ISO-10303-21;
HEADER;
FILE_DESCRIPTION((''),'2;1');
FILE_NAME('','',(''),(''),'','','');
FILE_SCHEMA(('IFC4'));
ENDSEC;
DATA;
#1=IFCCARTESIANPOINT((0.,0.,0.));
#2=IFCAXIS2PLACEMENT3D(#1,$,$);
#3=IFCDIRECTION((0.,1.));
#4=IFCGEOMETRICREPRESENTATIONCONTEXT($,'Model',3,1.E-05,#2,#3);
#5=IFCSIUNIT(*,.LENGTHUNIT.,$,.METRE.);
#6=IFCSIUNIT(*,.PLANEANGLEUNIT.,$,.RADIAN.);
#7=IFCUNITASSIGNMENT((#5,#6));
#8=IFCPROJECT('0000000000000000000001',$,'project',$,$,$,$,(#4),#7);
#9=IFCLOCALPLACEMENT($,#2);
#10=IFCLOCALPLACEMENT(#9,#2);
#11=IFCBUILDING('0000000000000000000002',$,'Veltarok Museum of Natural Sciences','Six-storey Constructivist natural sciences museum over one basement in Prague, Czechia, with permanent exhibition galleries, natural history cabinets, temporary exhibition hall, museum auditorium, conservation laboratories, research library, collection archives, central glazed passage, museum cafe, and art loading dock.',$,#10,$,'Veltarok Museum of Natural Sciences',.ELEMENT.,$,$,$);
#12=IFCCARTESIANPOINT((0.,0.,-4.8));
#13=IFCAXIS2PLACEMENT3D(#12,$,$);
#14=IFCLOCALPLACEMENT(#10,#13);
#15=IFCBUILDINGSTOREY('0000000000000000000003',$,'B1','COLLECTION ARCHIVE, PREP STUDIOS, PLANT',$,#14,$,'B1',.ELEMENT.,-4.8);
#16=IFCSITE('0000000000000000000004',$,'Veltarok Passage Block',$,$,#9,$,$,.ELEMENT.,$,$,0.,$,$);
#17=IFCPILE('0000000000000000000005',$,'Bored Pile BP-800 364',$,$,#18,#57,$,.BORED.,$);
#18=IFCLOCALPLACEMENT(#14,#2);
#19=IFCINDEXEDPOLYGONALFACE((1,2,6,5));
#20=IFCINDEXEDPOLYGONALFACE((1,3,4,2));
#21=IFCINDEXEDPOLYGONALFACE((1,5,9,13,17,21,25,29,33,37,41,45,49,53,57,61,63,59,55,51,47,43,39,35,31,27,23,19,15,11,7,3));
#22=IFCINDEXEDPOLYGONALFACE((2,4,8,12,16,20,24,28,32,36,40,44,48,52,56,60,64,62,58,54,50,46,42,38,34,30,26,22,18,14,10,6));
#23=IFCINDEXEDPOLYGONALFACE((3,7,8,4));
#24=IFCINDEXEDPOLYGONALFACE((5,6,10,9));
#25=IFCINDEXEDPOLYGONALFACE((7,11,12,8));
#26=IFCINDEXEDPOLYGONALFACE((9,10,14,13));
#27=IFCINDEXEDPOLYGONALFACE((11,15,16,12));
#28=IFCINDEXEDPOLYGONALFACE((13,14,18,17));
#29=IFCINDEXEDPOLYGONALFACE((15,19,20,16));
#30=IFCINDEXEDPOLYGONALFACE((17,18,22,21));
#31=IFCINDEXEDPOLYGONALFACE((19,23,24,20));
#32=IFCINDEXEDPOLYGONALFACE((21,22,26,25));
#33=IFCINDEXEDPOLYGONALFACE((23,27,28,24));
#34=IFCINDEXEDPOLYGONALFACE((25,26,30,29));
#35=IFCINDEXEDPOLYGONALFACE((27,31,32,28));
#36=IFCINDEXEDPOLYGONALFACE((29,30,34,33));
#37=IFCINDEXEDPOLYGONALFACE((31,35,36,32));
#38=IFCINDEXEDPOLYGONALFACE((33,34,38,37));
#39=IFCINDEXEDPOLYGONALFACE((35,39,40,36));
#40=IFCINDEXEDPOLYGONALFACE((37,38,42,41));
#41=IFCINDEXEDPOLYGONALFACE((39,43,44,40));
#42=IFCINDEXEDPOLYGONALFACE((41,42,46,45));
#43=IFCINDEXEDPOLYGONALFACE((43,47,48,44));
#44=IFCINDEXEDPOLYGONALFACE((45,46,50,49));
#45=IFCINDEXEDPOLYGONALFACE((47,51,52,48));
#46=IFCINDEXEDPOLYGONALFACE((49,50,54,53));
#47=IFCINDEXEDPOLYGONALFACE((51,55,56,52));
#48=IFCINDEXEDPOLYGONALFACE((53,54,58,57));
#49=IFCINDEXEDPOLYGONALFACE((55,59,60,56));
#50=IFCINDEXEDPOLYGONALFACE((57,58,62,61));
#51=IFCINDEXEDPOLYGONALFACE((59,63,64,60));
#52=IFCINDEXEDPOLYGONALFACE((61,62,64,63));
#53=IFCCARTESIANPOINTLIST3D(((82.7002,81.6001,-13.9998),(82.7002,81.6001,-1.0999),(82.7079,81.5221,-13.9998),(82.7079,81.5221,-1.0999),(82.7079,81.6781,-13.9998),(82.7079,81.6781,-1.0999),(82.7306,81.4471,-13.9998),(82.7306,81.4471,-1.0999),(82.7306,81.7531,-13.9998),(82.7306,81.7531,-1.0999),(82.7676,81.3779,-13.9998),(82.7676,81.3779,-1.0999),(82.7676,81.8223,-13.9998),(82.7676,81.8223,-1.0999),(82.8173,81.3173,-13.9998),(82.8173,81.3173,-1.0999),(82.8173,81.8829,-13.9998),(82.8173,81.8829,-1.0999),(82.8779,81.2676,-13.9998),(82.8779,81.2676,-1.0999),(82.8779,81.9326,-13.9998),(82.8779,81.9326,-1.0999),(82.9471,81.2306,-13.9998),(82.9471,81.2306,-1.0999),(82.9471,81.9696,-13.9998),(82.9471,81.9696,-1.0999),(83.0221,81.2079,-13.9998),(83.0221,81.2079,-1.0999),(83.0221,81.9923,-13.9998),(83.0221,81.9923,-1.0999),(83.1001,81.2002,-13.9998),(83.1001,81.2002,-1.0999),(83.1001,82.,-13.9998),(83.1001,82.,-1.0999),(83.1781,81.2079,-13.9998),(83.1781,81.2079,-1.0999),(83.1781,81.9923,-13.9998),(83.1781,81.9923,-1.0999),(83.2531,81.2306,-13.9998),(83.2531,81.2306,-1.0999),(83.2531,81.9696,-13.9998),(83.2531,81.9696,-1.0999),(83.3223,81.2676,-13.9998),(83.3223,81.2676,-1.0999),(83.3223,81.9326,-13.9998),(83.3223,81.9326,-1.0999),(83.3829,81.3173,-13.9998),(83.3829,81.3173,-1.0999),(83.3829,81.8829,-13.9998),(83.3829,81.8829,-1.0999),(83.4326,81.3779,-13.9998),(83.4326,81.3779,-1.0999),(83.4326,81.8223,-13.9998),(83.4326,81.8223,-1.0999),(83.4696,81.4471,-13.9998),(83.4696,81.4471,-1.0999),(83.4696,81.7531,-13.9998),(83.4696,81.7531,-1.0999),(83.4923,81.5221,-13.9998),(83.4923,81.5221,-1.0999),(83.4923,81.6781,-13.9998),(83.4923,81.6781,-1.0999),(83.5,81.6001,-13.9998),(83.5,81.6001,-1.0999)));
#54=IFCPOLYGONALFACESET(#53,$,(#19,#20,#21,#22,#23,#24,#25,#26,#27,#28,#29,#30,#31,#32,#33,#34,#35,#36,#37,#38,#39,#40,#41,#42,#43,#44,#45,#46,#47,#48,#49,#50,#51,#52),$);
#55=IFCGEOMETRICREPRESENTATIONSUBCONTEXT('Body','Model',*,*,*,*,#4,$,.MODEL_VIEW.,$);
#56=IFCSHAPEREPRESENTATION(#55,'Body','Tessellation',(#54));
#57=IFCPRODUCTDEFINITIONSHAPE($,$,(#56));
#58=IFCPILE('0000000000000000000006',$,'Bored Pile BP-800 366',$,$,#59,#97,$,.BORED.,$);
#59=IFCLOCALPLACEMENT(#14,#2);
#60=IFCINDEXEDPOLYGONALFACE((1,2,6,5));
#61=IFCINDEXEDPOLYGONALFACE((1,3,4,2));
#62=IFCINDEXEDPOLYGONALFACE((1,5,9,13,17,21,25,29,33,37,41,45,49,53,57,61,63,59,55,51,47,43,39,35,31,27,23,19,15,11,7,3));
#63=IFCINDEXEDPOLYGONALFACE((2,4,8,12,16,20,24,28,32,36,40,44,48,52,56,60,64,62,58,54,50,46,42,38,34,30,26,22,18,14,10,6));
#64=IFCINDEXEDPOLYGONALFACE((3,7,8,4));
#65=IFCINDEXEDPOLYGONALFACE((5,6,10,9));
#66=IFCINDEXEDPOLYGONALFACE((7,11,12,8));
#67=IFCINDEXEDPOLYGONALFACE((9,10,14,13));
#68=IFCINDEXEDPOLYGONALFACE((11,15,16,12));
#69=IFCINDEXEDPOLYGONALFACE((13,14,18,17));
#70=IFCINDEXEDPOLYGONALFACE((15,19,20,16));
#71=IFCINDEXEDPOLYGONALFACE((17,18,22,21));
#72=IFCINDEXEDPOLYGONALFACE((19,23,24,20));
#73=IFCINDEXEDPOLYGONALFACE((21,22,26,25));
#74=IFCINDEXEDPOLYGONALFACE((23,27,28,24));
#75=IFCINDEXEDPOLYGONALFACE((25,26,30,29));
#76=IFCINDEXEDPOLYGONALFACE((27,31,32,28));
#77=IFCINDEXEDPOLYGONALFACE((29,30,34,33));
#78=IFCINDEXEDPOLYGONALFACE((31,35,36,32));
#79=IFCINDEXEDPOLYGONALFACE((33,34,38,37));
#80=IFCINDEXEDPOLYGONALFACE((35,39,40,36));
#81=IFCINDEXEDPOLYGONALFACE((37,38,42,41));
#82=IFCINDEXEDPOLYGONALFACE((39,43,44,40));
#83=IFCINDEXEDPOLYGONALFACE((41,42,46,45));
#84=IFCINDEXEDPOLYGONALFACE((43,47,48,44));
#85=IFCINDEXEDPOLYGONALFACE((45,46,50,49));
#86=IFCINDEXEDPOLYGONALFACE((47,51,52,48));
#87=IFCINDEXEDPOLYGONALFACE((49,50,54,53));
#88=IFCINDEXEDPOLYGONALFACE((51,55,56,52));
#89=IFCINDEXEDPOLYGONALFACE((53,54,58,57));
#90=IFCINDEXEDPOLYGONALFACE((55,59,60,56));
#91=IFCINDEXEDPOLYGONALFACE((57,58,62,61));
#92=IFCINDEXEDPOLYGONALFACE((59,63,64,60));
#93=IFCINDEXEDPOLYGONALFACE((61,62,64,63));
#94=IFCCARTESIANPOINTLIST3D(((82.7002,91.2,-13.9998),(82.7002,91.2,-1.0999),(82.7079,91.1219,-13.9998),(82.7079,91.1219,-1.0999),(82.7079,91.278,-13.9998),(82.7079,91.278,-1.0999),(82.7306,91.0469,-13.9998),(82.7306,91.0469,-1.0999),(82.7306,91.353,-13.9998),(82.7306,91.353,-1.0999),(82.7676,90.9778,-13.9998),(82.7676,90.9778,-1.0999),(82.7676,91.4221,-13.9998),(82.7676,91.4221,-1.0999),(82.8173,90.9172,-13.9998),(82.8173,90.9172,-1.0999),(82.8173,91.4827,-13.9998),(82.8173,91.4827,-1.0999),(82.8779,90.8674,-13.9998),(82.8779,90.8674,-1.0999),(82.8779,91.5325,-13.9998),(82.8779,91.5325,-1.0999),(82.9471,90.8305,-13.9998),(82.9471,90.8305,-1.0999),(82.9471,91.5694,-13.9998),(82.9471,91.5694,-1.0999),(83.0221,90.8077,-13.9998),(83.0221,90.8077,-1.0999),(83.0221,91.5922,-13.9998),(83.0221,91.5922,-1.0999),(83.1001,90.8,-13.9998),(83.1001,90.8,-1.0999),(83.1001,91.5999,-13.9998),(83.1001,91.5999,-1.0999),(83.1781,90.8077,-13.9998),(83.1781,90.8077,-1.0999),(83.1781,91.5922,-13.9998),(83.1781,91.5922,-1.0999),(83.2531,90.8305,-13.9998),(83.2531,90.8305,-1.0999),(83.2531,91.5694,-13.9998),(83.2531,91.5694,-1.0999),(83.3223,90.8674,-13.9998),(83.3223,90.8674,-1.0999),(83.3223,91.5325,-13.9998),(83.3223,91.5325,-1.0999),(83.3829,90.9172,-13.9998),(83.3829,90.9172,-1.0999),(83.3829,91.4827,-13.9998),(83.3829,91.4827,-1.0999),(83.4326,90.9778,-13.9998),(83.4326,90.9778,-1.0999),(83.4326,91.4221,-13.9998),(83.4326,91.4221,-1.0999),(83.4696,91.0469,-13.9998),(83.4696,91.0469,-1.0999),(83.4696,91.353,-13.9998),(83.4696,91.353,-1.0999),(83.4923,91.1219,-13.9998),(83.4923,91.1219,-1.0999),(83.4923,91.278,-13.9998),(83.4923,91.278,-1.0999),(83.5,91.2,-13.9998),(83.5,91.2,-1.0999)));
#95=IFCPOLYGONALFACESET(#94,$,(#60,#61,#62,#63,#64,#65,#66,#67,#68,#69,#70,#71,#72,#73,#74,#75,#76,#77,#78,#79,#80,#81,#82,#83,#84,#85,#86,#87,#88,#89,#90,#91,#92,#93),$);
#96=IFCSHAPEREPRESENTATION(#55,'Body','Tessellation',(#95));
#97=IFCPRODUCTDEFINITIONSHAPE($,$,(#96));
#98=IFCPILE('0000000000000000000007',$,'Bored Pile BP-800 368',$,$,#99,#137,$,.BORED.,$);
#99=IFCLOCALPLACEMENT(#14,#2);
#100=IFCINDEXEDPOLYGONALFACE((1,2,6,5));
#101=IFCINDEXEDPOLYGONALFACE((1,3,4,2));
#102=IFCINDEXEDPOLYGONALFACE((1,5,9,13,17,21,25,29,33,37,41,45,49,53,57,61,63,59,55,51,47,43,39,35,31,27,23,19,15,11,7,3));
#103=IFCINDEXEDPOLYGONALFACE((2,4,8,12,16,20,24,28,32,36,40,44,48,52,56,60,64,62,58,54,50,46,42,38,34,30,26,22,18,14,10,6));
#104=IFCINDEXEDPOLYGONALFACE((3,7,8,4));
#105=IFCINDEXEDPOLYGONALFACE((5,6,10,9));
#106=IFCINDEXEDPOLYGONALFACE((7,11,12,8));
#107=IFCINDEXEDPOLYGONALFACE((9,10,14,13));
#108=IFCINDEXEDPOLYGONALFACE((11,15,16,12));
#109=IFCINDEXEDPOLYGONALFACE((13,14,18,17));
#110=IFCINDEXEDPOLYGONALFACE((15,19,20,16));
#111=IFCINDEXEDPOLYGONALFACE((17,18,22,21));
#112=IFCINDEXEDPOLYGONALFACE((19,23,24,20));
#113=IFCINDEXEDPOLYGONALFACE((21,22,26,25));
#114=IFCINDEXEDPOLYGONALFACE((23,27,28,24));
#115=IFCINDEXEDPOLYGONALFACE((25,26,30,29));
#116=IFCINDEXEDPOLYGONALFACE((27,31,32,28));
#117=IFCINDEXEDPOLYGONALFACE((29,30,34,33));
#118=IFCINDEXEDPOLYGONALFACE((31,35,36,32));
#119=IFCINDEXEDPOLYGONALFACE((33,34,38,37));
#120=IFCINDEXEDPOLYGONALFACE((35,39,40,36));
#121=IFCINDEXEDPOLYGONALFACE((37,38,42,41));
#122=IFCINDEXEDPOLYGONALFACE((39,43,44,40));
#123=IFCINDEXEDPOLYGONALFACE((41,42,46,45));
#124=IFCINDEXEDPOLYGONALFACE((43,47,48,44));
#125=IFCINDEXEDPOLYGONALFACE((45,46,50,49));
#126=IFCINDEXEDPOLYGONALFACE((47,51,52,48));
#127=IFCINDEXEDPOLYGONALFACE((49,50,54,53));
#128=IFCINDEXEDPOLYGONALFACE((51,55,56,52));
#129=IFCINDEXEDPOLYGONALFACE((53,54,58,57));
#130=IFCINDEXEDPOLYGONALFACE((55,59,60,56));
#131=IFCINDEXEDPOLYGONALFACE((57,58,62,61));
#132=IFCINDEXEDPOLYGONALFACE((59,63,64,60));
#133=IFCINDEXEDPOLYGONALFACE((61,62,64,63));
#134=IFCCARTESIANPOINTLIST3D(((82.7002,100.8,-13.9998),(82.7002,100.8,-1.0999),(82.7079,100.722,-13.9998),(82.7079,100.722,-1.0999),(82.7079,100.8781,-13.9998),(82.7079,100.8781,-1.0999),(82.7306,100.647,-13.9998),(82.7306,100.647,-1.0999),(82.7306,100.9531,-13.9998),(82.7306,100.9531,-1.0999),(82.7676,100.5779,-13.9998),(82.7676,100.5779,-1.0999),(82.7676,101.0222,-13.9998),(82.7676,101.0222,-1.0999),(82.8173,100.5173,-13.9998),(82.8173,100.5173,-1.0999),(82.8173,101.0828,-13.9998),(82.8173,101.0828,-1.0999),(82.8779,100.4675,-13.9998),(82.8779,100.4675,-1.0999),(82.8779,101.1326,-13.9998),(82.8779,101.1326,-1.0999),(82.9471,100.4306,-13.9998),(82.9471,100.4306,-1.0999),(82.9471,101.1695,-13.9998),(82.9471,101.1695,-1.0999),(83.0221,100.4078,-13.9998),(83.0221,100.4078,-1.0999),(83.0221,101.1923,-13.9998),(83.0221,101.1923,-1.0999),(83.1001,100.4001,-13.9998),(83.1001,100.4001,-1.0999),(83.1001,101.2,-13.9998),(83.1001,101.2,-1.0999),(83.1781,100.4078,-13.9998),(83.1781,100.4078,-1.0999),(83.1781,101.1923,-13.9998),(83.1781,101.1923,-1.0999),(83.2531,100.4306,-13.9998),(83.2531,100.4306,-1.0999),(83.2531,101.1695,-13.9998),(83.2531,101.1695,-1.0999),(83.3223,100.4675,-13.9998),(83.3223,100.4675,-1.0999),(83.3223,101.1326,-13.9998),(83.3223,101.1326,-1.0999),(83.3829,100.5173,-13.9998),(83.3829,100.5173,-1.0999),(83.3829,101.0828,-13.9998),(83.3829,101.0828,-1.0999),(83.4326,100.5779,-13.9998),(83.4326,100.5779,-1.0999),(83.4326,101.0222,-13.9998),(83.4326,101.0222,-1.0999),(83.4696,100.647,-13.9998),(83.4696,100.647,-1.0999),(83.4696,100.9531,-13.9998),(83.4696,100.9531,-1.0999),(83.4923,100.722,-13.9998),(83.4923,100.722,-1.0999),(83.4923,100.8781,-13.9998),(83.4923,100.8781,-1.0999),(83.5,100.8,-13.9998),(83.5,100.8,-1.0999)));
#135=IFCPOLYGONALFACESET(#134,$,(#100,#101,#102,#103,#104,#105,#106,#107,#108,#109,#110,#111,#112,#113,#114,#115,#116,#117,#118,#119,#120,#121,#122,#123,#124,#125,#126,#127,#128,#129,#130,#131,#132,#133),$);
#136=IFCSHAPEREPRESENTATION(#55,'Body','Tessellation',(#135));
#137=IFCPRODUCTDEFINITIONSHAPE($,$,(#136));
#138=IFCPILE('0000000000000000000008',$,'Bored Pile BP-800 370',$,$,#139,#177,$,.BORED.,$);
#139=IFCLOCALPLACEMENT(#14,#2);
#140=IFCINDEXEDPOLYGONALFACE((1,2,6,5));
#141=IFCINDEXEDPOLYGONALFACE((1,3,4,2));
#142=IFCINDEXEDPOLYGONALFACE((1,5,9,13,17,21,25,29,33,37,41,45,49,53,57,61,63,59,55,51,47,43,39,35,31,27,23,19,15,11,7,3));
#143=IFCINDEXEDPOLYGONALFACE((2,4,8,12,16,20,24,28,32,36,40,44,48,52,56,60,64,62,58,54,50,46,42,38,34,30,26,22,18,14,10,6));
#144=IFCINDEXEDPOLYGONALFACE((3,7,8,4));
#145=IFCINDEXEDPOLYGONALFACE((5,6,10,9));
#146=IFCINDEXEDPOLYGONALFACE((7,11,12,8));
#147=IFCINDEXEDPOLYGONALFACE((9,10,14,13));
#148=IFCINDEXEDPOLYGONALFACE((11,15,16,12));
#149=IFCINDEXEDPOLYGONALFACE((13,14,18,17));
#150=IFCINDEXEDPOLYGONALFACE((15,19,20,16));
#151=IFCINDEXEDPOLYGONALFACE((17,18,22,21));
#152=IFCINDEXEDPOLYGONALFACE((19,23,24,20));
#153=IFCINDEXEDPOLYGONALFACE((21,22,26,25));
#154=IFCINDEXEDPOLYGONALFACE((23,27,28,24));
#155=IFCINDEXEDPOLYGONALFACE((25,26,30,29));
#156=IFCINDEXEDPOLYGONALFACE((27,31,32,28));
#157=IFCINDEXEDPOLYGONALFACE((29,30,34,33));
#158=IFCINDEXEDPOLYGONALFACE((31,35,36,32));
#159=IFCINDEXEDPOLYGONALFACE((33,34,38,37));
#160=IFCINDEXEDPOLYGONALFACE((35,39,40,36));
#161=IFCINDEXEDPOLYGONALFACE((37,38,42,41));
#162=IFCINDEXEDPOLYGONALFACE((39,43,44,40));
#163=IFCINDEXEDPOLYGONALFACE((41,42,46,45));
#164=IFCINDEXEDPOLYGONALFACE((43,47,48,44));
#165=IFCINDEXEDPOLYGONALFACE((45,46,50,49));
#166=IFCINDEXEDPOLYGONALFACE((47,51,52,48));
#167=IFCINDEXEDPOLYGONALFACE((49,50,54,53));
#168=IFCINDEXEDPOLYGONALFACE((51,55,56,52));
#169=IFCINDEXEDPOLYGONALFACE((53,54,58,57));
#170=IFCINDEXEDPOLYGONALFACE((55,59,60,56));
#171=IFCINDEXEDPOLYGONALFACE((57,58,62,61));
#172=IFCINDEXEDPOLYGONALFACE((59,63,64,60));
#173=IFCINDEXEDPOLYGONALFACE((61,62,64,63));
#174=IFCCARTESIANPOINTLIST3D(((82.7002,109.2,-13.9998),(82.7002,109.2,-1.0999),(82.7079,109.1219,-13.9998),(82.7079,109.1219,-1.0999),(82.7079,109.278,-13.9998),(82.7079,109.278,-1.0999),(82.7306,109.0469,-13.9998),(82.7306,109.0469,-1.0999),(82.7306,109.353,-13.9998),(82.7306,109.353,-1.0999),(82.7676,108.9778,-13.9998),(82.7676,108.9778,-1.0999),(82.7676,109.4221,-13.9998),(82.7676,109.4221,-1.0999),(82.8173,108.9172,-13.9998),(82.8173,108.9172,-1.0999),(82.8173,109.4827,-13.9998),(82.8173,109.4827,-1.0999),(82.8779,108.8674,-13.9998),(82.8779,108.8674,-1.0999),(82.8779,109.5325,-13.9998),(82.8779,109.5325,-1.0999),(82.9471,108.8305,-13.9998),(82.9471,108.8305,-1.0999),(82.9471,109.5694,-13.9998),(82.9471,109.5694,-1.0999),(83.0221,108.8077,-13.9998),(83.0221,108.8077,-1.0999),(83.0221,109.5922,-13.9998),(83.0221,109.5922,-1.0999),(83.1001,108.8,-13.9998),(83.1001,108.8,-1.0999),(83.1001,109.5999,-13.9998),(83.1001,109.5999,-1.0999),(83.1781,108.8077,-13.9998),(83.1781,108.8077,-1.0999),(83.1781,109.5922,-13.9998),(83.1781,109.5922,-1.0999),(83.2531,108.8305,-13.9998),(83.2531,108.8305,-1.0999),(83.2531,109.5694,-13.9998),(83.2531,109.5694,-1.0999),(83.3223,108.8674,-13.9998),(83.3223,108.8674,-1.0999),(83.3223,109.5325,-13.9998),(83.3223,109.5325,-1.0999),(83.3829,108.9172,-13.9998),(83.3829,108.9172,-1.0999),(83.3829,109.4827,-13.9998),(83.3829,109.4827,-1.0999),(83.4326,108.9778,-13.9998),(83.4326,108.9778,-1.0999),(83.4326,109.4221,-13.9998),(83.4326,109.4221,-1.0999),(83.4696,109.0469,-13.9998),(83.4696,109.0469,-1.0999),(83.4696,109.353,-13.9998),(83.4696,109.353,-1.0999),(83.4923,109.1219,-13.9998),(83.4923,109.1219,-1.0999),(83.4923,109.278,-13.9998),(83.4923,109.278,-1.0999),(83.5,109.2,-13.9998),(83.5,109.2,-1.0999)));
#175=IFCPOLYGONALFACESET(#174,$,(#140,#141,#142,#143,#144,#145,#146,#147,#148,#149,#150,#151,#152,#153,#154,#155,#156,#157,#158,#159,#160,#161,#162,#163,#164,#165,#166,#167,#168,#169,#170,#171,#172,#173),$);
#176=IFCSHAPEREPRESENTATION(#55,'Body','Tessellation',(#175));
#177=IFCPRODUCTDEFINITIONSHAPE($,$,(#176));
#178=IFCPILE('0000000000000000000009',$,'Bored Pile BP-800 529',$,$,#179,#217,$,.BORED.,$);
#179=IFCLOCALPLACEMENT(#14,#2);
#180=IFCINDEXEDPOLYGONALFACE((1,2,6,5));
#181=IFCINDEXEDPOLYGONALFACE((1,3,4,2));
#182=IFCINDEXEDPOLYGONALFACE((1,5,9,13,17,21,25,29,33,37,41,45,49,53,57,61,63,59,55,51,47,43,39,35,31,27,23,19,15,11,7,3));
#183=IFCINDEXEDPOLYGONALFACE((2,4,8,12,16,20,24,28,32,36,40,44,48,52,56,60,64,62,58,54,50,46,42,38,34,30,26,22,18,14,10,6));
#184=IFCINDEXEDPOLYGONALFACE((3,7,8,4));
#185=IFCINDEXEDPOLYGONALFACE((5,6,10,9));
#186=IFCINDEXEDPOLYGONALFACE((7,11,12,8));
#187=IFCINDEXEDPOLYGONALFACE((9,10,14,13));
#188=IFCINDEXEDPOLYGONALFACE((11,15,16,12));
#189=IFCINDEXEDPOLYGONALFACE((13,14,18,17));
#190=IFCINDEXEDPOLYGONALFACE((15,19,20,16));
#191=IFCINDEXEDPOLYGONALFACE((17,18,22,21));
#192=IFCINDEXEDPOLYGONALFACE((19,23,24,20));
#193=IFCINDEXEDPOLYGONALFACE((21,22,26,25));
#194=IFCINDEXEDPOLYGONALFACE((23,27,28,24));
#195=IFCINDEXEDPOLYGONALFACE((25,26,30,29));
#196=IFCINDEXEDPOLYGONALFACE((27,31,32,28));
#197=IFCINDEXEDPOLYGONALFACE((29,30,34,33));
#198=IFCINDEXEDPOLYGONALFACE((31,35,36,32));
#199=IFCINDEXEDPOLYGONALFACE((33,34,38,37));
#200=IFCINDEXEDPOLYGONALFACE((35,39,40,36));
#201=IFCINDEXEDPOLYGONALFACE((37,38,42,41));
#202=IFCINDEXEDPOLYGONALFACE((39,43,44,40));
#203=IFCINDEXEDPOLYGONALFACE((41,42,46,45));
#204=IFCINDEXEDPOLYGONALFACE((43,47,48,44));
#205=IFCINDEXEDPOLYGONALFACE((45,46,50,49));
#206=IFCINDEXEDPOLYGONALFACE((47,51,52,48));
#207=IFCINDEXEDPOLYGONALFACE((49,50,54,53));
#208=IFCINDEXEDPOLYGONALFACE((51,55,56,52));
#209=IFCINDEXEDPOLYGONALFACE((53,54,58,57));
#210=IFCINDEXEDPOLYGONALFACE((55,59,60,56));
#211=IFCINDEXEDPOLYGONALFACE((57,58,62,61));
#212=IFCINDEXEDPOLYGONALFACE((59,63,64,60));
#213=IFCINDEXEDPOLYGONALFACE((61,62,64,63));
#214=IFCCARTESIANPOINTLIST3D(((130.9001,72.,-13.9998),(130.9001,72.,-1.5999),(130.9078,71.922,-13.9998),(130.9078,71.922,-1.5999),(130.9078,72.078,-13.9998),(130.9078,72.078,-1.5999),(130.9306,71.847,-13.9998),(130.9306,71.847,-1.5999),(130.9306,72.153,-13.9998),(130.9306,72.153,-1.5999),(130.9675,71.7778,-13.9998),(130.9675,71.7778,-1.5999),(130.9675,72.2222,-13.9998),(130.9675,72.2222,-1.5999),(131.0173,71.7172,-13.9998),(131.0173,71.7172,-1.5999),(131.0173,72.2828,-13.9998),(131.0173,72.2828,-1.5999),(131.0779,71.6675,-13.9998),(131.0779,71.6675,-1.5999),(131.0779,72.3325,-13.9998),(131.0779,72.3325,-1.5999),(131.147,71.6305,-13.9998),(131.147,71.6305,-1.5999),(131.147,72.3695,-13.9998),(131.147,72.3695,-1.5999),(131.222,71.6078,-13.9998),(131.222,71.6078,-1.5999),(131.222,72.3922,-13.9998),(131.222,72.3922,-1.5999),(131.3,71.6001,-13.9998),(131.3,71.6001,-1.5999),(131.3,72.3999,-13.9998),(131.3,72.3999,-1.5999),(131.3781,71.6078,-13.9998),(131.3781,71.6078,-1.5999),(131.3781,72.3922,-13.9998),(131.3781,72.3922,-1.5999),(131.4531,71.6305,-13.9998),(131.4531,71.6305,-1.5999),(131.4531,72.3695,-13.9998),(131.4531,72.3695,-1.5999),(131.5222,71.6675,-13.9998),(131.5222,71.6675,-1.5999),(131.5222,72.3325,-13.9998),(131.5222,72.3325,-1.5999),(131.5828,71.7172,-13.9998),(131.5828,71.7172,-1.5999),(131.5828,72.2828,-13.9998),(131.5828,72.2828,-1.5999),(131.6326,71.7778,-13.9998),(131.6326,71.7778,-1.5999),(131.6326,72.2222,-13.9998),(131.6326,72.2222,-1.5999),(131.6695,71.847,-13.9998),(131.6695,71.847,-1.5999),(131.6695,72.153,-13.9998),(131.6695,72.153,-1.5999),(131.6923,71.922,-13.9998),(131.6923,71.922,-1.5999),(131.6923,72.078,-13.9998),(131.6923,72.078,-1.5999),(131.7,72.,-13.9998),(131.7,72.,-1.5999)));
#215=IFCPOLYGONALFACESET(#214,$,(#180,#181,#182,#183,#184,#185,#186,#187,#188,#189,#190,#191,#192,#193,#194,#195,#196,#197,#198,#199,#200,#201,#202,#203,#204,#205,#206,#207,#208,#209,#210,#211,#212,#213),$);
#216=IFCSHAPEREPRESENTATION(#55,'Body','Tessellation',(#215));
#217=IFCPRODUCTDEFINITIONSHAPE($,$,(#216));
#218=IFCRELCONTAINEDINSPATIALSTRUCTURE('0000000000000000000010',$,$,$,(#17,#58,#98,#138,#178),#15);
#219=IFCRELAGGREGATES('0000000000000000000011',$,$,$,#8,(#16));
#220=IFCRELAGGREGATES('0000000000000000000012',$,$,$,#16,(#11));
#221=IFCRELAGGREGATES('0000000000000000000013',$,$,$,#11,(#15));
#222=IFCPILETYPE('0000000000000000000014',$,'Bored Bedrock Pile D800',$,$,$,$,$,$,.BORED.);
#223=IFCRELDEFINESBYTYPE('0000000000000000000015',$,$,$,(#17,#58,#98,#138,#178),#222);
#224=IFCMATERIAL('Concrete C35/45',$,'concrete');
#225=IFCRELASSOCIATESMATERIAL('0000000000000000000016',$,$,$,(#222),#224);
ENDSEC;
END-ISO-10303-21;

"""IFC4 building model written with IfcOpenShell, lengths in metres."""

from ifc_helpers import new_model, si_unit, direction, frame, origin, origin_2d, place, context, subcontext, project, spatial, circle, extrude, material, material_profile, profile_set, type_object, element, save


model = new_model("IFC4")

# Units and contexts
model_context = context("Model", 3, precision=1e-05, world=origin(), true_north=direction((0.0, 1.0)))
body_context = subcontext(model_context, "Body", "Model", "MODEL_VIEW")
ifc_project = project(units=[si_unit("LENGTHUNIT", "METRE"), si_unit("PLANEANGLEUNIT", "RADIAN")], contexts=[model_context])

# Site, building, storey
site_placement = place(None, origin())
site = spatial("IfcSite", under=ifc_project, at=site_placement, Name="Veltarok Passage Block", CompositionType="ELEMENT", RefElevation=0.0)
building_placement = place(site_placement, origin())
building = spatial("IfcBuilding", under=site, at=building_placement, Name="Veltarok Museum of Natural Sciences", Description="Six-storey Constructivist natural sciences museum over one basement in Prague, Czechia, with permanent exhibition galleries, natural history cabinets, temporary exhibition hall, museum auditorium, conservation laboratories, research library, collection archives, central glazed passage, museum cafe, and art loading dock.", LongName="Veltarok Museum of Natural Sciences", CompositionType="ELEMENT")
storey_placement = place(building_placement, frame((0.0, 0.0, -4.8)))
storey = spatial("IfcBuildingStorey", under=building, at=storey_placement, Name="B1", Description="COLLECTION ARCHIVE, PREP STUDIOS, PLANT", LongName="B1", CompositionType="ELEMENT", Elevation=-4.8)

# Piles
ifc_material_1 = material(Name="Concrete C35/45", Category="concrete")
ifc_material_profile_1 = material_profile(ifc_material_1, circle(Radius=0.3999, at=origin_2d()), Name="BP D800")
ifc_profile_set_1 = profile_set([ifc_material_profile_1], Name="Concrete C35/45")
pile_type_1 = type_object("IfcPileType", Name="Bored Bedrock Pile D800", PredefinedType="BORED", material=ifc_profile_set_1)
for number, where, z_axis, x_axis, name in (
    (1, (83.1001, 81.6001, -1.0999), (0.0, 0.0, -1.0), (1.0, 0.0, 0.0), "Bored Pile BP-800 364"),
    (2, (83.1001, 91.2, -1.0999), (0.0, 0.0, -1.0), (1.0, 0.0, 0.0), "Bored Pile BP-800 366"),
    (3, (83.1001, 100.8, -1.0999), (0.0, 0.0, -1.0), (1.0, 0.0, 0.0), "Bored Pile BP-800 368"),
    (4, (83.1001, 109.2, -1.0999), (0.0, 0.0, -1.0), (1.0, 0.0, 0.0), "Bored Pile BP-800 370"),
):
    element("IfcPile", number, at=place(storey_placement, frame(where, z_axis=z_axis, x_axis=x_axis)), inside=storey, type_object=pile_type_1, Name=name, PredefinedType="BORED", context=body_context, shape_type="SweptSolid", body=[
        extrude(circle(Radius=0.3999, at=origin_2d()), origin(), (0.0, 0.0, 1.0), 12.8999),
    ])
pile_placement = place(storey_placement, frame((131.3, 72.0, -1.5999), z_axis=(0.0, 0.0, -1.0), x_axis=(1.0, 0.0, 0.0)))
element("IfcPile", 5, at=pile_placement, inside=storey, type_object=pile_type_1, Name="Bored Pile BP-800 529", PredefinedType="BORED", context=body_context, shape_type="SweptSolid", body=[
    extrude(circle(Radius=0.3999, at=origin_2d()), origin(), (0.0, 0.0, 1.0), 12.3999),
])

save(model, "model.ifc")
